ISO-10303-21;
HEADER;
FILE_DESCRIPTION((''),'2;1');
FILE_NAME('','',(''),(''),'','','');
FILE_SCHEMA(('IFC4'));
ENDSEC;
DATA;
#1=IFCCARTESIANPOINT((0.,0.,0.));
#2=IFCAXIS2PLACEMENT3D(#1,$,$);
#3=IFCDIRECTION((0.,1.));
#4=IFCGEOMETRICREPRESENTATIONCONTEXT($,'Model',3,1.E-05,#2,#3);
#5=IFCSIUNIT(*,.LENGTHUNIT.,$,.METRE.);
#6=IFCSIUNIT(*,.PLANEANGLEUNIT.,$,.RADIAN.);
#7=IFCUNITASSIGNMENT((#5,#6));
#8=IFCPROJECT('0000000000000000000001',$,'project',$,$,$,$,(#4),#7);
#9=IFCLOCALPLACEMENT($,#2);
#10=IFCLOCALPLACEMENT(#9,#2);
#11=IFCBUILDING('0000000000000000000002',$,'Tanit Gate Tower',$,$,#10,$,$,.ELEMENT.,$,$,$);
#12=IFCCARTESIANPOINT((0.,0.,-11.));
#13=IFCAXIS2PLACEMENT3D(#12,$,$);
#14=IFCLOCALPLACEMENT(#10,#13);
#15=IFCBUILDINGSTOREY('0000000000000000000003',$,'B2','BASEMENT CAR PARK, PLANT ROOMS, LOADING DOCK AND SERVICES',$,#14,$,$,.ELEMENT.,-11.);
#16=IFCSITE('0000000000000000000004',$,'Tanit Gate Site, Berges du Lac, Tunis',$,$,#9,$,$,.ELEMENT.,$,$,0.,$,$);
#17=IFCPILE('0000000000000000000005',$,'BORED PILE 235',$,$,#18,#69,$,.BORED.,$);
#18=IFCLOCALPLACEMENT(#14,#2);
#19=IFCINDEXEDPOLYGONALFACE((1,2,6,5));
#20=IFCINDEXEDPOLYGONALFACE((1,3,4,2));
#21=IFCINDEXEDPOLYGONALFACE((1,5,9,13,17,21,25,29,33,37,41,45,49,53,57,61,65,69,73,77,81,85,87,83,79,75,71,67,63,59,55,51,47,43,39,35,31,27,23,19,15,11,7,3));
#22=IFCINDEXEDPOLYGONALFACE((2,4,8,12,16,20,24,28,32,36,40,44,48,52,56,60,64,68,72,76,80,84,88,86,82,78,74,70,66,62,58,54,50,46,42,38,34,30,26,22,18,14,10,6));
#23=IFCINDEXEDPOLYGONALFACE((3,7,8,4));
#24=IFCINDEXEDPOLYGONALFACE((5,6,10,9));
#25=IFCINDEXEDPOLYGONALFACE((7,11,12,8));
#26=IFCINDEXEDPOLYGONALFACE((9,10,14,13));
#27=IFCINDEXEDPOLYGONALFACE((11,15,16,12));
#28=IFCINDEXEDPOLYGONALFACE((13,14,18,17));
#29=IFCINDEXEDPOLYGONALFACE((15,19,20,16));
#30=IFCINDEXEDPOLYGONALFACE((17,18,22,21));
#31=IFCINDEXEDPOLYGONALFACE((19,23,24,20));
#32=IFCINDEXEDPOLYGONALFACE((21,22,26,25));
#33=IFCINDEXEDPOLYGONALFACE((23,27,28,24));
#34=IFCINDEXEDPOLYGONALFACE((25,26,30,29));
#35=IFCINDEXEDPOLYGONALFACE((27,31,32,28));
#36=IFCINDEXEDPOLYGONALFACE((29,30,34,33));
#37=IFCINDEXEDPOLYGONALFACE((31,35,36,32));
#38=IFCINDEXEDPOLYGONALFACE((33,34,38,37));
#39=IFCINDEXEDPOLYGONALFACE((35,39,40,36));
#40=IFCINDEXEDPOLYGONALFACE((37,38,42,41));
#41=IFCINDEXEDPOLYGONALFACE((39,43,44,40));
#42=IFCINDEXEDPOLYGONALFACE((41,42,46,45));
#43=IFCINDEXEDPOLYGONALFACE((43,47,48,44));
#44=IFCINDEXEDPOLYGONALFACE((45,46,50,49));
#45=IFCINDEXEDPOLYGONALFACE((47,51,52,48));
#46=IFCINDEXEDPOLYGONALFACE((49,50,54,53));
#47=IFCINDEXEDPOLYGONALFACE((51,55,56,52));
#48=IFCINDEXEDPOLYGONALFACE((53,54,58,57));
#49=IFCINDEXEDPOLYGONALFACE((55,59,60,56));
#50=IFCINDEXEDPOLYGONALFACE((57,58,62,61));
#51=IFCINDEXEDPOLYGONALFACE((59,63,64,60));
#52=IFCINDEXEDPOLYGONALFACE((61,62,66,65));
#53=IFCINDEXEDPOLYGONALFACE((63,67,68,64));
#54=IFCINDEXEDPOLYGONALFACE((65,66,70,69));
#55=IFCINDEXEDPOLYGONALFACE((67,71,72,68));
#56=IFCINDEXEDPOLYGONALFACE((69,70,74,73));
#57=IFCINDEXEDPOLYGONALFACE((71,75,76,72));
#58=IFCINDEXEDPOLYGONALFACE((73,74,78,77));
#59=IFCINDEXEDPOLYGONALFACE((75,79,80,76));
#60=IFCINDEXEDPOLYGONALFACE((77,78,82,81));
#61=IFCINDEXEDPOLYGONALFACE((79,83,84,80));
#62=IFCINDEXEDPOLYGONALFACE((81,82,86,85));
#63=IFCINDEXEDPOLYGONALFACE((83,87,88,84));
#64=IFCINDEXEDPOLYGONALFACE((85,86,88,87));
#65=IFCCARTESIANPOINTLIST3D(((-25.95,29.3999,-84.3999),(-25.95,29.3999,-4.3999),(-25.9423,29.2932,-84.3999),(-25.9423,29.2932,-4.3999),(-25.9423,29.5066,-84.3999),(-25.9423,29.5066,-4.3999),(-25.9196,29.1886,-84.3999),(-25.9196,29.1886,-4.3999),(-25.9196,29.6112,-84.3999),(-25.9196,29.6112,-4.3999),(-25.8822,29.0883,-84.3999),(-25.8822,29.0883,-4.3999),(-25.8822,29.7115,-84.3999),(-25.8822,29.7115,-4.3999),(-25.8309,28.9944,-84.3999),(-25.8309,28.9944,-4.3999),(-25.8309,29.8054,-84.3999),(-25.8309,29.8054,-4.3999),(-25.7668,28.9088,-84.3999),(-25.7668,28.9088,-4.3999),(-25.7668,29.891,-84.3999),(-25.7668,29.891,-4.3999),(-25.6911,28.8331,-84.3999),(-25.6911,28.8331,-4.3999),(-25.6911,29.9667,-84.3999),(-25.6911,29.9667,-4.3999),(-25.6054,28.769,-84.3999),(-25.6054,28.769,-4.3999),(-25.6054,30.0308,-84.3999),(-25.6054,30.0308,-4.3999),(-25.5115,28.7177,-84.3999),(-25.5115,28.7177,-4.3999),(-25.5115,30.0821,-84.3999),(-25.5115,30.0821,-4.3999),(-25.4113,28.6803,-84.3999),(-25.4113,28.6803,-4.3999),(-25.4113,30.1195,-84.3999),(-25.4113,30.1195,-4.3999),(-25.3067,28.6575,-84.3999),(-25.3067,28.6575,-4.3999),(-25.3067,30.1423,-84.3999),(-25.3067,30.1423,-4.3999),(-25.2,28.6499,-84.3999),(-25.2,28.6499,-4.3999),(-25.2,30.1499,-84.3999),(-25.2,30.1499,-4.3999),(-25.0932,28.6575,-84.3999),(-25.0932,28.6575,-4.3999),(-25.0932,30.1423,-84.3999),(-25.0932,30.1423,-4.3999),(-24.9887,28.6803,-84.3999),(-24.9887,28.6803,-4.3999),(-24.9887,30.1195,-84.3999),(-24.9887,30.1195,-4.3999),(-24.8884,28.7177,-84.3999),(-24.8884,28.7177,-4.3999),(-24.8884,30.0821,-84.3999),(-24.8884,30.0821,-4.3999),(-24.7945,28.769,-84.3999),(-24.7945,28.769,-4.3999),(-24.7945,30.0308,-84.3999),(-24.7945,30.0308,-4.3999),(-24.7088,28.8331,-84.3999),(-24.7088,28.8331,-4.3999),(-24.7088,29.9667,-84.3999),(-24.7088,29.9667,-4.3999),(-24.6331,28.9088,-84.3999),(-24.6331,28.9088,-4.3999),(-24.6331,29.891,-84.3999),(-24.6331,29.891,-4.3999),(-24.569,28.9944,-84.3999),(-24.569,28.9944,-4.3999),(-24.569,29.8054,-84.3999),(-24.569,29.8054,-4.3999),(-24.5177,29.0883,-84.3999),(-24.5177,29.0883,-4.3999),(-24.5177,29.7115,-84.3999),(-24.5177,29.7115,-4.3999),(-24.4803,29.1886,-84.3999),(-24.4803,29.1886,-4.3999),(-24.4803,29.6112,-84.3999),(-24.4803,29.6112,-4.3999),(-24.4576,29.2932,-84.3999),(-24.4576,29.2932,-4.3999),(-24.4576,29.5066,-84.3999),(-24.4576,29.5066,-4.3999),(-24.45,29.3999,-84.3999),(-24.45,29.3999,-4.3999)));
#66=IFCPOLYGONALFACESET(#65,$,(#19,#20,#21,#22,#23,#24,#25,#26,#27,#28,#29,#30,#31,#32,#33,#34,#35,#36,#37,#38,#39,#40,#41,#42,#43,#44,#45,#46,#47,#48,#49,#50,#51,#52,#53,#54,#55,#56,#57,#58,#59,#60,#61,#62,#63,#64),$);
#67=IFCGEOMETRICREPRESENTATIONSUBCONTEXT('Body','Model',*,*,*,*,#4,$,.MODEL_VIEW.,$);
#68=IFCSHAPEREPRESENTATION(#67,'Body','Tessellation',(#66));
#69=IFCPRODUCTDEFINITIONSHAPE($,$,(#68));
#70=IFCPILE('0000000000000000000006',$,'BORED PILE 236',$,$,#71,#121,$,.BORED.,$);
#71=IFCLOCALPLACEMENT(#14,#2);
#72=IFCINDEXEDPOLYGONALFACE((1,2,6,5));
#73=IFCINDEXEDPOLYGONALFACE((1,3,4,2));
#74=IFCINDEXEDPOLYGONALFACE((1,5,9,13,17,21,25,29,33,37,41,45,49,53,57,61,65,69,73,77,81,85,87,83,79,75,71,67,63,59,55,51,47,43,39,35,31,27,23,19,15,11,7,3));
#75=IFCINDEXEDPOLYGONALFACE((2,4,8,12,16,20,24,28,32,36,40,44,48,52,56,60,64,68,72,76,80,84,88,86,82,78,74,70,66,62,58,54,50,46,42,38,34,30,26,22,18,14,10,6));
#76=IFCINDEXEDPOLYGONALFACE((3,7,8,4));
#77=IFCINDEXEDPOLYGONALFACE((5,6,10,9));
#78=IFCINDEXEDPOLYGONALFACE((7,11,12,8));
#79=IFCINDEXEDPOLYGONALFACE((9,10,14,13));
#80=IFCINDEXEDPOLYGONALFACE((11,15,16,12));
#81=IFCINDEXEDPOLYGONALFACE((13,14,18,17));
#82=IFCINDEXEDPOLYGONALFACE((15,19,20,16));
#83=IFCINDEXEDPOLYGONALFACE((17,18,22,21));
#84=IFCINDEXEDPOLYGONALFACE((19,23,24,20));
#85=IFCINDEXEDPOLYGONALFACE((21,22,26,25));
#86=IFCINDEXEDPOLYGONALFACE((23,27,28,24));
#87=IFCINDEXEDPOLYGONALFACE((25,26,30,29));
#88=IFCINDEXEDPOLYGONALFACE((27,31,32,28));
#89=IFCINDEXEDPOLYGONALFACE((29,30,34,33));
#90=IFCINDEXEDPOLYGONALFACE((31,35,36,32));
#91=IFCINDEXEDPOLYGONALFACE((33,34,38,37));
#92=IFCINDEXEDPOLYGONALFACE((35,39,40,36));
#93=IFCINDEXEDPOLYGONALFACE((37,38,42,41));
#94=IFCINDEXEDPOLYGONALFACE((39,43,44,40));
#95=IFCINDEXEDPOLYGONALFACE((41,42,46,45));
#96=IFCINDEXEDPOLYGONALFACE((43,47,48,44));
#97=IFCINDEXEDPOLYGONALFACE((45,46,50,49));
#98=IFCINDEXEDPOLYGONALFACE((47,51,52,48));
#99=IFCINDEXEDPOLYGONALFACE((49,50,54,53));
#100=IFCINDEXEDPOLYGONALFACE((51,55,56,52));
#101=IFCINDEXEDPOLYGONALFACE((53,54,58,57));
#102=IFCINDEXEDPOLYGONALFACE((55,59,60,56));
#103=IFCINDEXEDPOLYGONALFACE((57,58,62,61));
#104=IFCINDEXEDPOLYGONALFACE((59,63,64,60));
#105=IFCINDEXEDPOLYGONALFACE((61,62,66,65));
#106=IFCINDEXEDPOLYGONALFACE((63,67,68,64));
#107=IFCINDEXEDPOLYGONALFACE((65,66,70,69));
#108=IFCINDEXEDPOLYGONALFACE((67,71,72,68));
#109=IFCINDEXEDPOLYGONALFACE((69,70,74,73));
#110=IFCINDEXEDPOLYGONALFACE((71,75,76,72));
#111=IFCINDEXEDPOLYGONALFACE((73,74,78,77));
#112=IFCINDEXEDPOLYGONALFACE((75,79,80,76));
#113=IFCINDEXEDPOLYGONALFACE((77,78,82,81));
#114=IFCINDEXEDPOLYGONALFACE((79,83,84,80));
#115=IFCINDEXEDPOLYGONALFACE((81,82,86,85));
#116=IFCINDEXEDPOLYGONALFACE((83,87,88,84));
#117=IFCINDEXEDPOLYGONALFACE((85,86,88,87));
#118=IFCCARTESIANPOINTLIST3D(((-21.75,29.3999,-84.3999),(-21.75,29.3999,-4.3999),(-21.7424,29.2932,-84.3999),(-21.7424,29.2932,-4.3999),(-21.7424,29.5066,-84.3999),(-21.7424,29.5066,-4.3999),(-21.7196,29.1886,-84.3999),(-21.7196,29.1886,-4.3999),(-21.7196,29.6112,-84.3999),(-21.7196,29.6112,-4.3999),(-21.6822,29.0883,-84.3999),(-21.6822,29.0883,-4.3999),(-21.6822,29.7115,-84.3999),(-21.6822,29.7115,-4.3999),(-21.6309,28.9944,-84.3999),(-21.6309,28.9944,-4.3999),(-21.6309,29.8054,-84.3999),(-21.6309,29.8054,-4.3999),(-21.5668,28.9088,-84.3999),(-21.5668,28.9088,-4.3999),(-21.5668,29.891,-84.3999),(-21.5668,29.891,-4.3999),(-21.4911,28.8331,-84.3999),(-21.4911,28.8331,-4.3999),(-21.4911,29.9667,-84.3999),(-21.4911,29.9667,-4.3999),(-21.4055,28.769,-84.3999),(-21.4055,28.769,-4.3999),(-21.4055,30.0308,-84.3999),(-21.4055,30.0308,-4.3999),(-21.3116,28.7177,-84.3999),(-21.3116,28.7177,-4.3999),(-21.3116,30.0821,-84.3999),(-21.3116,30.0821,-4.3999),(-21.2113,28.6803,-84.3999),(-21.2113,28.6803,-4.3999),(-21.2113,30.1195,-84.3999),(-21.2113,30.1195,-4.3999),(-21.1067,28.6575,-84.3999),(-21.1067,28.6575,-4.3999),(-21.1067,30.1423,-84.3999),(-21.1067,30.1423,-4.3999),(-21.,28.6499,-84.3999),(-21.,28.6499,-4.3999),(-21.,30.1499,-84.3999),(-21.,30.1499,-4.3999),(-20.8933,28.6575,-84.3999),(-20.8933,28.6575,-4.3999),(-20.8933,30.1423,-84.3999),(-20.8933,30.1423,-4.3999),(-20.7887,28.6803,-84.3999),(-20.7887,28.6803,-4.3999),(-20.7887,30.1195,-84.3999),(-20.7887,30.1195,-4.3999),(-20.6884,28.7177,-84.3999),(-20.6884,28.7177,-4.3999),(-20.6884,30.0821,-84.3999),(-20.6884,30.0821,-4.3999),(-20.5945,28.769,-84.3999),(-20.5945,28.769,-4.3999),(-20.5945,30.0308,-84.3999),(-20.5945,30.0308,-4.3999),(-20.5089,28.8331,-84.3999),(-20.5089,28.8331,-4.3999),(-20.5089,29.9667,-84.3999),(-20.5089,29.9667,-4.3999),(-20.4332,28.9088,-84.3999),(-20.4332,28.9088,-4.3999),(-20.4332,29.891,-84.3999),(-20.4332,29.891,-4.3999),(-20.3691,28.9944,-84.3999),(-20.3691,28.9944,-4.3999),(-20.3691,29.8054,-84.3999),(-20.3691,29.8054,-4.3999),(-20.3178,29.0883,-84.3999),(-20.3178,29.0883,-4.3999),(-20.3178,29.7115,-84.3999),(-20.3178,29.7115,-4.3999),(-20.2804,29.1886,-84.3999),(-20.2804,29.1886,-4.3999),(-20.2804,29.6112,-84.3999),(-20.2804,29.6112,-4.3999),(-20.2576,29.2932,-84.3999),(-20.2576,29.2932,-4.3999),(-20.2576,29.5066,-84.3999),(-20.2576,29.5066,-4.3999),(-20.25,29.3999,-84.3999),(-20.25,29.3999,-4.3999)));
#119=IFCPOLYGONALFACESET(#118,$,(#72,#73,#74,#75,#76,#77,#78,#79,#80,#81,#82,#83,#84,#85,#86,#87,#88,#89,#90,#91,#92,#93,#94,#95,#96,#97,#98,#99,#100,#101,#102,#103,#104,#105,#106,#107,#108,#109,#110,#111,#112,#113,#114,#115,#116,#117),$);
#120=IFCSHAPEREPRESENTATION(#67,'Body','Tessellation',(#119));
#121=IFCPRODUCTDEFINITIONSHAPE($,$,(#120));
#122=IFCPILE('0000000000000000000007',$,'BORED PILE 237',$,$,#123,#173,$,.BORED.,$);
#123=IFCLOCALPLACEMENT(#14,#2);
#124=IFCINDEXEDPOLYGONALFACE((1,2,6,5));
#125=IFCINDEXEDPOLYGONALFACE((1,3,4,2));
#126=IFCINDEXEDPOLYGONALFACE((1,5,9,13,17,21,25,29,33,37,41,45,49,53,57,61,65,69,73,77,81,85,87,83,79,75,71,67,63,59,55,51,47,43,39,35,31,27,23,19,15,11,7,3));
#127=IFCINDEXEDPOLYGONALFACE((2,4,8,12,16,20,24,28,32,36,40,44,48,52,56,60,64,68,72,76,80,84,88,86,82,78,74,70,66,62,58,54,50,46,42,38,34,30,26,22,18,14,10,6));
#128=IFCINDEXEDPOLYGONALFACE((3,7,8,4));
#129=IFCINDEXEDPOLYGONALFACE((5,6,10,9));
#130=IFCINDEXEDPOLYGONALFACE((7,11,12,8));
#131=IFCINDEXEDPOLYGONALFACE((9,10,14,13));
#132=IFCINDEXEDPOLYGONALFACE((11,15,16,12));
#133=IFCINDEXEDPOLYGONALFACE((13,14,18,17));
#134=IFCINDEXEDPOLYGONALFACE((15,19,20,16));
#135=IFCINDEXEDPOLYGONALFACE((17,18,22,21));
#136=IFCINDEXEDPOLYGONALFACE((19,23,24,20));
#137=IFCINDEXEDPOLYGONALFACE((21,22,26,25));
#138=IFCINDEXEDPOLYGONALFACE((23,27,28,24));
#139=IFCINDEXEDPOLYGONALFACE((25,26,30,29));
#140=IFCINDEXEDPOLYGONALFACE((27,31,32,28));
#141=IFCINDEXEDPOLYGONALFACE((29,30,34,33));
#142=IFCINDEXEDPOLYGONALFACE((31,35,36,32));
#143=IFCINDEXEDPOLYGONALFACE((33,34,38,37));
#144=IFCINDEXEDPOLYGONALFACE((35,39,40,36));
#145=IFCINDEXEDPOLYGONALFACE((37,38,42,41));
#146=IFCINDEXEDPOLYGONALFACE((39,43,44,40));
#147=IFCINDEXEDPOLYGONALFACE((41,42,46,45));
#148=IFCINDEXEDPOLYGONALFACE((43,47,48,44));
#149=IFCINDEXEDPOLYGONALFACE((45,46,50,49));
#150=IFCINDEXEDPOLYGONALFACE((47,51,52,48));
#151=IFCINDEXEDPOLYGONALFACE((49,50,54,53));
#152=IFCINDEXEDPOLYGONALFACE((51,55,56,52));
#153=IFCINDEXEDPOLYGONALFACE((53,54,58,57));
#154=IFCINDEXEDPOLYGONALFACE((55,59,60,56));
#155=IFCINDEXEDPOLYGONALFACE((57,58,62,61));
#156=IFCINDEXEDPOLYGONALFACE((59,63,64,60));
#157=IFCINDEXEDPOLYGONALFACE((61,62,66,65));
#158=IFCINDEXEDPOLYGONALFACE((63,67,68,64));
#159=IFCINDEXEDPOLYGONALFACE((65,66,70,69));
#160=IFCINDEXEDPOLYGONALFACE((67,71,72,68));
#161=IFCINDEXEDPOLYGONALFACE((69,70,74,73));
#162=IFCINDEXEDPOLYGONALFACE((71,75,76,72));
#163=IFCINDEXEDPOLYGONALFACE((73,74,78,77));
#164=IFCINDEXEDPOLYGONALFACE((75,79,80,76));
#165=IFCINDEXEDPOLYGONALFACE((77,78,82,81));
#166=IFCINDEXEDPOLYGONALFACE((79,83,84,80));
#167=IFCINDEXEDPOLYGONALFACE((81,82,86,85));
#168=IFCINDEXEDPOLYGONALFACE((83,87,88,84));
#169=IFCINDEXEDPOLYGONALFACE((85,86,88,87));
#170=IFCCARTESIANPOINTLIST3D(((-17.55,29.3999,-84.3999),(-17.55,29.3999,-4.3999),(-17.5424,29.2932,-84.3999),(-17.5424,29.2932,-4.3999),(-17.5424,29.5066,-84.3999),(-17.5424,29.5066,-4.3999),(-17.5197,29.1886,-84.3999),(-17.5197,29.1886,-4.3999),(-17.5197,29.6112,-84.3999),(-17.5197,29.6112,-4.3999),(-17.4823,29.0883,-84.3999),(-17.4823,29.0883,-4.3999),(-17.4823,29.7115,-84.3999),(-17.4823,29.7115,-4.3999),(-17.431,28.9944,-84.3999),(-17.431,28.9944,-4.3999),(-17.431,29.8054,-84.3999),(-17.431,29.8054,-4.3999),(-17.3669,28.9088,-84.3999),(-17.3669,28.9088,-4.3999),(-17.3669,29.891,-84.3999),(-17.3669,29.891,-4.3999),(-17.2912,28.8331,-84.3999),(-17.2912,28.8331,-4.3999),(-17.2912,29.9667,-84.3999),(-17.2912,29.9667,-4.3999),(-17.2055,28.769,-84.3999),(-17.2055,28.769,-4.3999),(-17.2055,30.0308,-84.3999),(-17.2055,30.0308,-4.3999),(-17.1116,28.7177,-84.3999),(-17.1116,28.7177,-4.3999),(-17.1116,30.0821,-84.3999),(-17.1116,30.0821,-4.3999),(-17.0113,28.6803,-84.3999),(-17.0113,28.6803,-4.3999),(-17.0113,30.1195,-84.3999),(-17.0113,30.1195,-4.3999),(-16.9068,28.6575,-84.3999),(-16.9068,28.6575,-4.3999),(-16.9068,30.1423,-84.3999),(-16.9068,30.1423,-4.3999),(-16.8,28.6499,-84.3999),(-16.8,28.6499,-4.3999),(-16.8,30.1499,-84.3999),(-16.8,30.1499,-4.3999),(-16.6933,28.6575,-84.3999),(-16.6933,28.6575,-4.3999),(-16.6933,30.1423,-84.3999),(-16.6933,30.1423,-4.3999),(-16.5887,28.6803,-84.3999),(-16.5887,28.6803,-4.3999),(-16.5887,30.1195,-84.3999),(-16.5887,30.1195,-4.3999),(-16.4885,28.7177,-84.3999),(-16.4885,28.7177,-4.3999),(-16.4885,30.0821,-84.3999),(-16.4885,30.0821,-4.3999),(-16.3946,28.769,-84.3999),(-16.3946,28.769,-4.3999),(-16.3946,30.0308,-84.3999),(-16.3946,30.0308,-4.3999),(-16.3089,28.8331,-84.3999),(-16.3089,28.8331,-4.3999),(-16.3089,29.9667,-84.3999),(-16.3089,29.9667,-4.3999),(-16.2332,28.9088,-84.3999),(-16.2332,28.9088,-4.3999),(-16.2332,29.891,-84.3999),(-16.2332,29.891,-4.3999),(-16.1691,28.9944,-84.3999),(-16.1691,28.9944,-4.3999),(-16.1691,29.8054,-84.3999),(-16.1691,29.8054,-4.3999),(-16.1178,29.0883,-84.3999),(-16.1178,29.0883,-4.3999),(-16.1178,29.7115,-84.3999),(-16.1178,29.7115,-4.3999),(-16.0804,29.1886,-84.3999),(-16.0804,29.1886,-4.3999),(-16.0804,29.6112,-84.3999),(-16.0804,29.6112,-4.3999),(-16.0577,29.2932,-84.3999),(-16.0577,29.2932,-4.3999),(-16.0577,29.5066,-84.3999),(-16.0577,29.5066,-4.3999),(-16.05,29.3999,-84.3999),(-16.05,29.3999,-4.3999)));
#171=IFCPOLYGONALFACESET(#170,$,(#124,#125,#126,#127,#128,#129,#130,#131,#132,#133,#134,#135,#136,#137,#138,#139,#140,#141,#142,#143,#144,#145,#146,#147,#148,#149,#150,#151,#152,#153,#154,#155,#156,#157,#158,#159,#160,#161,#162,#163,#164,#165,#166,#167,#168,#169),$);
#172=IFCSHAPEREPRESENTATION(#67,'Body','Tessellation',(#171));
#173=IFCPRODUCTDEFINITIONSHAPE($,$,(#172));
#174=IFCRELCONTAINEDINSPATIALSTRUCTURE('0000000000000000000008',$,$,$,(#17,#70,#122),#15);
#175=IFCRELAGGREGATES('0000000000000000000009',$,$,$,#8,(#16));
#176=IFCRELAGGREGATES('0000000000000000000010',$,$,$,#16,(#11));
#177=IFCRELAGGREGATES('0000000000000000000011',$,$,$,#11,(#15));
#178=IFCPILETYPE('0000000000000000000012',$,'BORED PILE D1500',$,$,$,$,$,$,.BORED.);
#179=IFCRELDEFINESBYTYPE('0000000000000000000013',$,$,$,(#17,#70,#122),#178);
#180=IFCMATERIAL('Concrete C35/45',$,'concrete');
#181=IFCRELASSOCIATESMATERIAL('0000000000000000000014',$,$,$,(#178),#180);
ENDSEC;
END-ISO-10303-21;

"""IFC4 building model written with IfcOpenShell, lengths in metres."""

from ifc_helpers import new_model, si_unit, direction, frame, origin, origin_2d, place, context, subcontext, project, spatial, circle, extrude, material, material_profile, profile_set, type_object, element, save


model = new_model("IFC4")

# Units and contexts
model_context = context("Model", 3, precision=1e-05, world=origin(), true_north=direction((0.0, 1.0)))
body_context = subcontext(model_context, "Body", "Model", "MODEL_VIEW")
ifc_project = project(units=[si_unit("LENGTHUNIT", "METRE"), si_unit("PLANEANGLEUNIT", "RADIAN")], contexts=[model_context])

# Site, building, storey
site_placement = place(None, origin())
site = spatial("IfcSite", under=ifc_project, at=site_placement, Name="Tanit Gate Site, Berges du Lac, Tunis", CompositionType="ELEMENT", RefElevation=0.0)
building_placement = place(site_placement, origin())
building = spatial("IfcBuilding", under=site, at=building_placement, Name="Tanit Gate Tower", CompositionType="ELEMENT")
storey_placement = place(building_placement, frame((0.0, 0.0, -11.0)))
storey = spatial("IfcBuildingStorey", under=building, at=storey_placement, Name="B2", Description="BASEMENT CAR PARK, PLANT ROOMS, LOADING DOCK AND SERVICES", CompositionType="ELEMENT", Elevation=-11.0)

# Piles
ifc_material_1 = material(Name="Concrete C35/45", Category="concrete")
ifc_material_profile_1 = material_profile(ifc_material_1, circle(Radius=0.75, at=origin_2d()), Name="BORED PILE D1500 C35/45")
ifc_profile_set_1 = profile_set([ifc_material_profile_1], Name="Concrete C35/45")
pile_type = type_object("IfcPileType", Name="BORED PILE D1500", PredefinedType="BORED", material=ifc_profile_set_1)
for number, where, z_axis, x_axis, name in (
    (1, (-25.2, 29.3999, -4.3999), (0.0, 0.0, -1.0), (1.0, 0.0, 0.0), "BORED PILE 235"),
    (2, (-21.0, 29.3999, -4.3999), (0.0, 0.0, -1.0), (1.0, 0.0, 0.0), "BORED PILE 236"),
    (3, (-16.8, 29.3999, -4.3999), (0.0, 0.0, -1.0), (1.0, 0.0, 0.0), "BORED PILE 237"),
):
    element("IfcPile", number, at=place(storey_placement, frame(where, z_axis=z_axis, x_axis=x_axis)), inside=storey, type_object=pile_type, Name=name, PredefinedType="BORED", context=body_context, shape_type="SweptSolid", body=[
        extrude(circle(Radius=0.75, at=origin_2d()), origin(), (0.0, 0.0, 1.0), 80.0),
    ])

save(model, "model.ifc")
